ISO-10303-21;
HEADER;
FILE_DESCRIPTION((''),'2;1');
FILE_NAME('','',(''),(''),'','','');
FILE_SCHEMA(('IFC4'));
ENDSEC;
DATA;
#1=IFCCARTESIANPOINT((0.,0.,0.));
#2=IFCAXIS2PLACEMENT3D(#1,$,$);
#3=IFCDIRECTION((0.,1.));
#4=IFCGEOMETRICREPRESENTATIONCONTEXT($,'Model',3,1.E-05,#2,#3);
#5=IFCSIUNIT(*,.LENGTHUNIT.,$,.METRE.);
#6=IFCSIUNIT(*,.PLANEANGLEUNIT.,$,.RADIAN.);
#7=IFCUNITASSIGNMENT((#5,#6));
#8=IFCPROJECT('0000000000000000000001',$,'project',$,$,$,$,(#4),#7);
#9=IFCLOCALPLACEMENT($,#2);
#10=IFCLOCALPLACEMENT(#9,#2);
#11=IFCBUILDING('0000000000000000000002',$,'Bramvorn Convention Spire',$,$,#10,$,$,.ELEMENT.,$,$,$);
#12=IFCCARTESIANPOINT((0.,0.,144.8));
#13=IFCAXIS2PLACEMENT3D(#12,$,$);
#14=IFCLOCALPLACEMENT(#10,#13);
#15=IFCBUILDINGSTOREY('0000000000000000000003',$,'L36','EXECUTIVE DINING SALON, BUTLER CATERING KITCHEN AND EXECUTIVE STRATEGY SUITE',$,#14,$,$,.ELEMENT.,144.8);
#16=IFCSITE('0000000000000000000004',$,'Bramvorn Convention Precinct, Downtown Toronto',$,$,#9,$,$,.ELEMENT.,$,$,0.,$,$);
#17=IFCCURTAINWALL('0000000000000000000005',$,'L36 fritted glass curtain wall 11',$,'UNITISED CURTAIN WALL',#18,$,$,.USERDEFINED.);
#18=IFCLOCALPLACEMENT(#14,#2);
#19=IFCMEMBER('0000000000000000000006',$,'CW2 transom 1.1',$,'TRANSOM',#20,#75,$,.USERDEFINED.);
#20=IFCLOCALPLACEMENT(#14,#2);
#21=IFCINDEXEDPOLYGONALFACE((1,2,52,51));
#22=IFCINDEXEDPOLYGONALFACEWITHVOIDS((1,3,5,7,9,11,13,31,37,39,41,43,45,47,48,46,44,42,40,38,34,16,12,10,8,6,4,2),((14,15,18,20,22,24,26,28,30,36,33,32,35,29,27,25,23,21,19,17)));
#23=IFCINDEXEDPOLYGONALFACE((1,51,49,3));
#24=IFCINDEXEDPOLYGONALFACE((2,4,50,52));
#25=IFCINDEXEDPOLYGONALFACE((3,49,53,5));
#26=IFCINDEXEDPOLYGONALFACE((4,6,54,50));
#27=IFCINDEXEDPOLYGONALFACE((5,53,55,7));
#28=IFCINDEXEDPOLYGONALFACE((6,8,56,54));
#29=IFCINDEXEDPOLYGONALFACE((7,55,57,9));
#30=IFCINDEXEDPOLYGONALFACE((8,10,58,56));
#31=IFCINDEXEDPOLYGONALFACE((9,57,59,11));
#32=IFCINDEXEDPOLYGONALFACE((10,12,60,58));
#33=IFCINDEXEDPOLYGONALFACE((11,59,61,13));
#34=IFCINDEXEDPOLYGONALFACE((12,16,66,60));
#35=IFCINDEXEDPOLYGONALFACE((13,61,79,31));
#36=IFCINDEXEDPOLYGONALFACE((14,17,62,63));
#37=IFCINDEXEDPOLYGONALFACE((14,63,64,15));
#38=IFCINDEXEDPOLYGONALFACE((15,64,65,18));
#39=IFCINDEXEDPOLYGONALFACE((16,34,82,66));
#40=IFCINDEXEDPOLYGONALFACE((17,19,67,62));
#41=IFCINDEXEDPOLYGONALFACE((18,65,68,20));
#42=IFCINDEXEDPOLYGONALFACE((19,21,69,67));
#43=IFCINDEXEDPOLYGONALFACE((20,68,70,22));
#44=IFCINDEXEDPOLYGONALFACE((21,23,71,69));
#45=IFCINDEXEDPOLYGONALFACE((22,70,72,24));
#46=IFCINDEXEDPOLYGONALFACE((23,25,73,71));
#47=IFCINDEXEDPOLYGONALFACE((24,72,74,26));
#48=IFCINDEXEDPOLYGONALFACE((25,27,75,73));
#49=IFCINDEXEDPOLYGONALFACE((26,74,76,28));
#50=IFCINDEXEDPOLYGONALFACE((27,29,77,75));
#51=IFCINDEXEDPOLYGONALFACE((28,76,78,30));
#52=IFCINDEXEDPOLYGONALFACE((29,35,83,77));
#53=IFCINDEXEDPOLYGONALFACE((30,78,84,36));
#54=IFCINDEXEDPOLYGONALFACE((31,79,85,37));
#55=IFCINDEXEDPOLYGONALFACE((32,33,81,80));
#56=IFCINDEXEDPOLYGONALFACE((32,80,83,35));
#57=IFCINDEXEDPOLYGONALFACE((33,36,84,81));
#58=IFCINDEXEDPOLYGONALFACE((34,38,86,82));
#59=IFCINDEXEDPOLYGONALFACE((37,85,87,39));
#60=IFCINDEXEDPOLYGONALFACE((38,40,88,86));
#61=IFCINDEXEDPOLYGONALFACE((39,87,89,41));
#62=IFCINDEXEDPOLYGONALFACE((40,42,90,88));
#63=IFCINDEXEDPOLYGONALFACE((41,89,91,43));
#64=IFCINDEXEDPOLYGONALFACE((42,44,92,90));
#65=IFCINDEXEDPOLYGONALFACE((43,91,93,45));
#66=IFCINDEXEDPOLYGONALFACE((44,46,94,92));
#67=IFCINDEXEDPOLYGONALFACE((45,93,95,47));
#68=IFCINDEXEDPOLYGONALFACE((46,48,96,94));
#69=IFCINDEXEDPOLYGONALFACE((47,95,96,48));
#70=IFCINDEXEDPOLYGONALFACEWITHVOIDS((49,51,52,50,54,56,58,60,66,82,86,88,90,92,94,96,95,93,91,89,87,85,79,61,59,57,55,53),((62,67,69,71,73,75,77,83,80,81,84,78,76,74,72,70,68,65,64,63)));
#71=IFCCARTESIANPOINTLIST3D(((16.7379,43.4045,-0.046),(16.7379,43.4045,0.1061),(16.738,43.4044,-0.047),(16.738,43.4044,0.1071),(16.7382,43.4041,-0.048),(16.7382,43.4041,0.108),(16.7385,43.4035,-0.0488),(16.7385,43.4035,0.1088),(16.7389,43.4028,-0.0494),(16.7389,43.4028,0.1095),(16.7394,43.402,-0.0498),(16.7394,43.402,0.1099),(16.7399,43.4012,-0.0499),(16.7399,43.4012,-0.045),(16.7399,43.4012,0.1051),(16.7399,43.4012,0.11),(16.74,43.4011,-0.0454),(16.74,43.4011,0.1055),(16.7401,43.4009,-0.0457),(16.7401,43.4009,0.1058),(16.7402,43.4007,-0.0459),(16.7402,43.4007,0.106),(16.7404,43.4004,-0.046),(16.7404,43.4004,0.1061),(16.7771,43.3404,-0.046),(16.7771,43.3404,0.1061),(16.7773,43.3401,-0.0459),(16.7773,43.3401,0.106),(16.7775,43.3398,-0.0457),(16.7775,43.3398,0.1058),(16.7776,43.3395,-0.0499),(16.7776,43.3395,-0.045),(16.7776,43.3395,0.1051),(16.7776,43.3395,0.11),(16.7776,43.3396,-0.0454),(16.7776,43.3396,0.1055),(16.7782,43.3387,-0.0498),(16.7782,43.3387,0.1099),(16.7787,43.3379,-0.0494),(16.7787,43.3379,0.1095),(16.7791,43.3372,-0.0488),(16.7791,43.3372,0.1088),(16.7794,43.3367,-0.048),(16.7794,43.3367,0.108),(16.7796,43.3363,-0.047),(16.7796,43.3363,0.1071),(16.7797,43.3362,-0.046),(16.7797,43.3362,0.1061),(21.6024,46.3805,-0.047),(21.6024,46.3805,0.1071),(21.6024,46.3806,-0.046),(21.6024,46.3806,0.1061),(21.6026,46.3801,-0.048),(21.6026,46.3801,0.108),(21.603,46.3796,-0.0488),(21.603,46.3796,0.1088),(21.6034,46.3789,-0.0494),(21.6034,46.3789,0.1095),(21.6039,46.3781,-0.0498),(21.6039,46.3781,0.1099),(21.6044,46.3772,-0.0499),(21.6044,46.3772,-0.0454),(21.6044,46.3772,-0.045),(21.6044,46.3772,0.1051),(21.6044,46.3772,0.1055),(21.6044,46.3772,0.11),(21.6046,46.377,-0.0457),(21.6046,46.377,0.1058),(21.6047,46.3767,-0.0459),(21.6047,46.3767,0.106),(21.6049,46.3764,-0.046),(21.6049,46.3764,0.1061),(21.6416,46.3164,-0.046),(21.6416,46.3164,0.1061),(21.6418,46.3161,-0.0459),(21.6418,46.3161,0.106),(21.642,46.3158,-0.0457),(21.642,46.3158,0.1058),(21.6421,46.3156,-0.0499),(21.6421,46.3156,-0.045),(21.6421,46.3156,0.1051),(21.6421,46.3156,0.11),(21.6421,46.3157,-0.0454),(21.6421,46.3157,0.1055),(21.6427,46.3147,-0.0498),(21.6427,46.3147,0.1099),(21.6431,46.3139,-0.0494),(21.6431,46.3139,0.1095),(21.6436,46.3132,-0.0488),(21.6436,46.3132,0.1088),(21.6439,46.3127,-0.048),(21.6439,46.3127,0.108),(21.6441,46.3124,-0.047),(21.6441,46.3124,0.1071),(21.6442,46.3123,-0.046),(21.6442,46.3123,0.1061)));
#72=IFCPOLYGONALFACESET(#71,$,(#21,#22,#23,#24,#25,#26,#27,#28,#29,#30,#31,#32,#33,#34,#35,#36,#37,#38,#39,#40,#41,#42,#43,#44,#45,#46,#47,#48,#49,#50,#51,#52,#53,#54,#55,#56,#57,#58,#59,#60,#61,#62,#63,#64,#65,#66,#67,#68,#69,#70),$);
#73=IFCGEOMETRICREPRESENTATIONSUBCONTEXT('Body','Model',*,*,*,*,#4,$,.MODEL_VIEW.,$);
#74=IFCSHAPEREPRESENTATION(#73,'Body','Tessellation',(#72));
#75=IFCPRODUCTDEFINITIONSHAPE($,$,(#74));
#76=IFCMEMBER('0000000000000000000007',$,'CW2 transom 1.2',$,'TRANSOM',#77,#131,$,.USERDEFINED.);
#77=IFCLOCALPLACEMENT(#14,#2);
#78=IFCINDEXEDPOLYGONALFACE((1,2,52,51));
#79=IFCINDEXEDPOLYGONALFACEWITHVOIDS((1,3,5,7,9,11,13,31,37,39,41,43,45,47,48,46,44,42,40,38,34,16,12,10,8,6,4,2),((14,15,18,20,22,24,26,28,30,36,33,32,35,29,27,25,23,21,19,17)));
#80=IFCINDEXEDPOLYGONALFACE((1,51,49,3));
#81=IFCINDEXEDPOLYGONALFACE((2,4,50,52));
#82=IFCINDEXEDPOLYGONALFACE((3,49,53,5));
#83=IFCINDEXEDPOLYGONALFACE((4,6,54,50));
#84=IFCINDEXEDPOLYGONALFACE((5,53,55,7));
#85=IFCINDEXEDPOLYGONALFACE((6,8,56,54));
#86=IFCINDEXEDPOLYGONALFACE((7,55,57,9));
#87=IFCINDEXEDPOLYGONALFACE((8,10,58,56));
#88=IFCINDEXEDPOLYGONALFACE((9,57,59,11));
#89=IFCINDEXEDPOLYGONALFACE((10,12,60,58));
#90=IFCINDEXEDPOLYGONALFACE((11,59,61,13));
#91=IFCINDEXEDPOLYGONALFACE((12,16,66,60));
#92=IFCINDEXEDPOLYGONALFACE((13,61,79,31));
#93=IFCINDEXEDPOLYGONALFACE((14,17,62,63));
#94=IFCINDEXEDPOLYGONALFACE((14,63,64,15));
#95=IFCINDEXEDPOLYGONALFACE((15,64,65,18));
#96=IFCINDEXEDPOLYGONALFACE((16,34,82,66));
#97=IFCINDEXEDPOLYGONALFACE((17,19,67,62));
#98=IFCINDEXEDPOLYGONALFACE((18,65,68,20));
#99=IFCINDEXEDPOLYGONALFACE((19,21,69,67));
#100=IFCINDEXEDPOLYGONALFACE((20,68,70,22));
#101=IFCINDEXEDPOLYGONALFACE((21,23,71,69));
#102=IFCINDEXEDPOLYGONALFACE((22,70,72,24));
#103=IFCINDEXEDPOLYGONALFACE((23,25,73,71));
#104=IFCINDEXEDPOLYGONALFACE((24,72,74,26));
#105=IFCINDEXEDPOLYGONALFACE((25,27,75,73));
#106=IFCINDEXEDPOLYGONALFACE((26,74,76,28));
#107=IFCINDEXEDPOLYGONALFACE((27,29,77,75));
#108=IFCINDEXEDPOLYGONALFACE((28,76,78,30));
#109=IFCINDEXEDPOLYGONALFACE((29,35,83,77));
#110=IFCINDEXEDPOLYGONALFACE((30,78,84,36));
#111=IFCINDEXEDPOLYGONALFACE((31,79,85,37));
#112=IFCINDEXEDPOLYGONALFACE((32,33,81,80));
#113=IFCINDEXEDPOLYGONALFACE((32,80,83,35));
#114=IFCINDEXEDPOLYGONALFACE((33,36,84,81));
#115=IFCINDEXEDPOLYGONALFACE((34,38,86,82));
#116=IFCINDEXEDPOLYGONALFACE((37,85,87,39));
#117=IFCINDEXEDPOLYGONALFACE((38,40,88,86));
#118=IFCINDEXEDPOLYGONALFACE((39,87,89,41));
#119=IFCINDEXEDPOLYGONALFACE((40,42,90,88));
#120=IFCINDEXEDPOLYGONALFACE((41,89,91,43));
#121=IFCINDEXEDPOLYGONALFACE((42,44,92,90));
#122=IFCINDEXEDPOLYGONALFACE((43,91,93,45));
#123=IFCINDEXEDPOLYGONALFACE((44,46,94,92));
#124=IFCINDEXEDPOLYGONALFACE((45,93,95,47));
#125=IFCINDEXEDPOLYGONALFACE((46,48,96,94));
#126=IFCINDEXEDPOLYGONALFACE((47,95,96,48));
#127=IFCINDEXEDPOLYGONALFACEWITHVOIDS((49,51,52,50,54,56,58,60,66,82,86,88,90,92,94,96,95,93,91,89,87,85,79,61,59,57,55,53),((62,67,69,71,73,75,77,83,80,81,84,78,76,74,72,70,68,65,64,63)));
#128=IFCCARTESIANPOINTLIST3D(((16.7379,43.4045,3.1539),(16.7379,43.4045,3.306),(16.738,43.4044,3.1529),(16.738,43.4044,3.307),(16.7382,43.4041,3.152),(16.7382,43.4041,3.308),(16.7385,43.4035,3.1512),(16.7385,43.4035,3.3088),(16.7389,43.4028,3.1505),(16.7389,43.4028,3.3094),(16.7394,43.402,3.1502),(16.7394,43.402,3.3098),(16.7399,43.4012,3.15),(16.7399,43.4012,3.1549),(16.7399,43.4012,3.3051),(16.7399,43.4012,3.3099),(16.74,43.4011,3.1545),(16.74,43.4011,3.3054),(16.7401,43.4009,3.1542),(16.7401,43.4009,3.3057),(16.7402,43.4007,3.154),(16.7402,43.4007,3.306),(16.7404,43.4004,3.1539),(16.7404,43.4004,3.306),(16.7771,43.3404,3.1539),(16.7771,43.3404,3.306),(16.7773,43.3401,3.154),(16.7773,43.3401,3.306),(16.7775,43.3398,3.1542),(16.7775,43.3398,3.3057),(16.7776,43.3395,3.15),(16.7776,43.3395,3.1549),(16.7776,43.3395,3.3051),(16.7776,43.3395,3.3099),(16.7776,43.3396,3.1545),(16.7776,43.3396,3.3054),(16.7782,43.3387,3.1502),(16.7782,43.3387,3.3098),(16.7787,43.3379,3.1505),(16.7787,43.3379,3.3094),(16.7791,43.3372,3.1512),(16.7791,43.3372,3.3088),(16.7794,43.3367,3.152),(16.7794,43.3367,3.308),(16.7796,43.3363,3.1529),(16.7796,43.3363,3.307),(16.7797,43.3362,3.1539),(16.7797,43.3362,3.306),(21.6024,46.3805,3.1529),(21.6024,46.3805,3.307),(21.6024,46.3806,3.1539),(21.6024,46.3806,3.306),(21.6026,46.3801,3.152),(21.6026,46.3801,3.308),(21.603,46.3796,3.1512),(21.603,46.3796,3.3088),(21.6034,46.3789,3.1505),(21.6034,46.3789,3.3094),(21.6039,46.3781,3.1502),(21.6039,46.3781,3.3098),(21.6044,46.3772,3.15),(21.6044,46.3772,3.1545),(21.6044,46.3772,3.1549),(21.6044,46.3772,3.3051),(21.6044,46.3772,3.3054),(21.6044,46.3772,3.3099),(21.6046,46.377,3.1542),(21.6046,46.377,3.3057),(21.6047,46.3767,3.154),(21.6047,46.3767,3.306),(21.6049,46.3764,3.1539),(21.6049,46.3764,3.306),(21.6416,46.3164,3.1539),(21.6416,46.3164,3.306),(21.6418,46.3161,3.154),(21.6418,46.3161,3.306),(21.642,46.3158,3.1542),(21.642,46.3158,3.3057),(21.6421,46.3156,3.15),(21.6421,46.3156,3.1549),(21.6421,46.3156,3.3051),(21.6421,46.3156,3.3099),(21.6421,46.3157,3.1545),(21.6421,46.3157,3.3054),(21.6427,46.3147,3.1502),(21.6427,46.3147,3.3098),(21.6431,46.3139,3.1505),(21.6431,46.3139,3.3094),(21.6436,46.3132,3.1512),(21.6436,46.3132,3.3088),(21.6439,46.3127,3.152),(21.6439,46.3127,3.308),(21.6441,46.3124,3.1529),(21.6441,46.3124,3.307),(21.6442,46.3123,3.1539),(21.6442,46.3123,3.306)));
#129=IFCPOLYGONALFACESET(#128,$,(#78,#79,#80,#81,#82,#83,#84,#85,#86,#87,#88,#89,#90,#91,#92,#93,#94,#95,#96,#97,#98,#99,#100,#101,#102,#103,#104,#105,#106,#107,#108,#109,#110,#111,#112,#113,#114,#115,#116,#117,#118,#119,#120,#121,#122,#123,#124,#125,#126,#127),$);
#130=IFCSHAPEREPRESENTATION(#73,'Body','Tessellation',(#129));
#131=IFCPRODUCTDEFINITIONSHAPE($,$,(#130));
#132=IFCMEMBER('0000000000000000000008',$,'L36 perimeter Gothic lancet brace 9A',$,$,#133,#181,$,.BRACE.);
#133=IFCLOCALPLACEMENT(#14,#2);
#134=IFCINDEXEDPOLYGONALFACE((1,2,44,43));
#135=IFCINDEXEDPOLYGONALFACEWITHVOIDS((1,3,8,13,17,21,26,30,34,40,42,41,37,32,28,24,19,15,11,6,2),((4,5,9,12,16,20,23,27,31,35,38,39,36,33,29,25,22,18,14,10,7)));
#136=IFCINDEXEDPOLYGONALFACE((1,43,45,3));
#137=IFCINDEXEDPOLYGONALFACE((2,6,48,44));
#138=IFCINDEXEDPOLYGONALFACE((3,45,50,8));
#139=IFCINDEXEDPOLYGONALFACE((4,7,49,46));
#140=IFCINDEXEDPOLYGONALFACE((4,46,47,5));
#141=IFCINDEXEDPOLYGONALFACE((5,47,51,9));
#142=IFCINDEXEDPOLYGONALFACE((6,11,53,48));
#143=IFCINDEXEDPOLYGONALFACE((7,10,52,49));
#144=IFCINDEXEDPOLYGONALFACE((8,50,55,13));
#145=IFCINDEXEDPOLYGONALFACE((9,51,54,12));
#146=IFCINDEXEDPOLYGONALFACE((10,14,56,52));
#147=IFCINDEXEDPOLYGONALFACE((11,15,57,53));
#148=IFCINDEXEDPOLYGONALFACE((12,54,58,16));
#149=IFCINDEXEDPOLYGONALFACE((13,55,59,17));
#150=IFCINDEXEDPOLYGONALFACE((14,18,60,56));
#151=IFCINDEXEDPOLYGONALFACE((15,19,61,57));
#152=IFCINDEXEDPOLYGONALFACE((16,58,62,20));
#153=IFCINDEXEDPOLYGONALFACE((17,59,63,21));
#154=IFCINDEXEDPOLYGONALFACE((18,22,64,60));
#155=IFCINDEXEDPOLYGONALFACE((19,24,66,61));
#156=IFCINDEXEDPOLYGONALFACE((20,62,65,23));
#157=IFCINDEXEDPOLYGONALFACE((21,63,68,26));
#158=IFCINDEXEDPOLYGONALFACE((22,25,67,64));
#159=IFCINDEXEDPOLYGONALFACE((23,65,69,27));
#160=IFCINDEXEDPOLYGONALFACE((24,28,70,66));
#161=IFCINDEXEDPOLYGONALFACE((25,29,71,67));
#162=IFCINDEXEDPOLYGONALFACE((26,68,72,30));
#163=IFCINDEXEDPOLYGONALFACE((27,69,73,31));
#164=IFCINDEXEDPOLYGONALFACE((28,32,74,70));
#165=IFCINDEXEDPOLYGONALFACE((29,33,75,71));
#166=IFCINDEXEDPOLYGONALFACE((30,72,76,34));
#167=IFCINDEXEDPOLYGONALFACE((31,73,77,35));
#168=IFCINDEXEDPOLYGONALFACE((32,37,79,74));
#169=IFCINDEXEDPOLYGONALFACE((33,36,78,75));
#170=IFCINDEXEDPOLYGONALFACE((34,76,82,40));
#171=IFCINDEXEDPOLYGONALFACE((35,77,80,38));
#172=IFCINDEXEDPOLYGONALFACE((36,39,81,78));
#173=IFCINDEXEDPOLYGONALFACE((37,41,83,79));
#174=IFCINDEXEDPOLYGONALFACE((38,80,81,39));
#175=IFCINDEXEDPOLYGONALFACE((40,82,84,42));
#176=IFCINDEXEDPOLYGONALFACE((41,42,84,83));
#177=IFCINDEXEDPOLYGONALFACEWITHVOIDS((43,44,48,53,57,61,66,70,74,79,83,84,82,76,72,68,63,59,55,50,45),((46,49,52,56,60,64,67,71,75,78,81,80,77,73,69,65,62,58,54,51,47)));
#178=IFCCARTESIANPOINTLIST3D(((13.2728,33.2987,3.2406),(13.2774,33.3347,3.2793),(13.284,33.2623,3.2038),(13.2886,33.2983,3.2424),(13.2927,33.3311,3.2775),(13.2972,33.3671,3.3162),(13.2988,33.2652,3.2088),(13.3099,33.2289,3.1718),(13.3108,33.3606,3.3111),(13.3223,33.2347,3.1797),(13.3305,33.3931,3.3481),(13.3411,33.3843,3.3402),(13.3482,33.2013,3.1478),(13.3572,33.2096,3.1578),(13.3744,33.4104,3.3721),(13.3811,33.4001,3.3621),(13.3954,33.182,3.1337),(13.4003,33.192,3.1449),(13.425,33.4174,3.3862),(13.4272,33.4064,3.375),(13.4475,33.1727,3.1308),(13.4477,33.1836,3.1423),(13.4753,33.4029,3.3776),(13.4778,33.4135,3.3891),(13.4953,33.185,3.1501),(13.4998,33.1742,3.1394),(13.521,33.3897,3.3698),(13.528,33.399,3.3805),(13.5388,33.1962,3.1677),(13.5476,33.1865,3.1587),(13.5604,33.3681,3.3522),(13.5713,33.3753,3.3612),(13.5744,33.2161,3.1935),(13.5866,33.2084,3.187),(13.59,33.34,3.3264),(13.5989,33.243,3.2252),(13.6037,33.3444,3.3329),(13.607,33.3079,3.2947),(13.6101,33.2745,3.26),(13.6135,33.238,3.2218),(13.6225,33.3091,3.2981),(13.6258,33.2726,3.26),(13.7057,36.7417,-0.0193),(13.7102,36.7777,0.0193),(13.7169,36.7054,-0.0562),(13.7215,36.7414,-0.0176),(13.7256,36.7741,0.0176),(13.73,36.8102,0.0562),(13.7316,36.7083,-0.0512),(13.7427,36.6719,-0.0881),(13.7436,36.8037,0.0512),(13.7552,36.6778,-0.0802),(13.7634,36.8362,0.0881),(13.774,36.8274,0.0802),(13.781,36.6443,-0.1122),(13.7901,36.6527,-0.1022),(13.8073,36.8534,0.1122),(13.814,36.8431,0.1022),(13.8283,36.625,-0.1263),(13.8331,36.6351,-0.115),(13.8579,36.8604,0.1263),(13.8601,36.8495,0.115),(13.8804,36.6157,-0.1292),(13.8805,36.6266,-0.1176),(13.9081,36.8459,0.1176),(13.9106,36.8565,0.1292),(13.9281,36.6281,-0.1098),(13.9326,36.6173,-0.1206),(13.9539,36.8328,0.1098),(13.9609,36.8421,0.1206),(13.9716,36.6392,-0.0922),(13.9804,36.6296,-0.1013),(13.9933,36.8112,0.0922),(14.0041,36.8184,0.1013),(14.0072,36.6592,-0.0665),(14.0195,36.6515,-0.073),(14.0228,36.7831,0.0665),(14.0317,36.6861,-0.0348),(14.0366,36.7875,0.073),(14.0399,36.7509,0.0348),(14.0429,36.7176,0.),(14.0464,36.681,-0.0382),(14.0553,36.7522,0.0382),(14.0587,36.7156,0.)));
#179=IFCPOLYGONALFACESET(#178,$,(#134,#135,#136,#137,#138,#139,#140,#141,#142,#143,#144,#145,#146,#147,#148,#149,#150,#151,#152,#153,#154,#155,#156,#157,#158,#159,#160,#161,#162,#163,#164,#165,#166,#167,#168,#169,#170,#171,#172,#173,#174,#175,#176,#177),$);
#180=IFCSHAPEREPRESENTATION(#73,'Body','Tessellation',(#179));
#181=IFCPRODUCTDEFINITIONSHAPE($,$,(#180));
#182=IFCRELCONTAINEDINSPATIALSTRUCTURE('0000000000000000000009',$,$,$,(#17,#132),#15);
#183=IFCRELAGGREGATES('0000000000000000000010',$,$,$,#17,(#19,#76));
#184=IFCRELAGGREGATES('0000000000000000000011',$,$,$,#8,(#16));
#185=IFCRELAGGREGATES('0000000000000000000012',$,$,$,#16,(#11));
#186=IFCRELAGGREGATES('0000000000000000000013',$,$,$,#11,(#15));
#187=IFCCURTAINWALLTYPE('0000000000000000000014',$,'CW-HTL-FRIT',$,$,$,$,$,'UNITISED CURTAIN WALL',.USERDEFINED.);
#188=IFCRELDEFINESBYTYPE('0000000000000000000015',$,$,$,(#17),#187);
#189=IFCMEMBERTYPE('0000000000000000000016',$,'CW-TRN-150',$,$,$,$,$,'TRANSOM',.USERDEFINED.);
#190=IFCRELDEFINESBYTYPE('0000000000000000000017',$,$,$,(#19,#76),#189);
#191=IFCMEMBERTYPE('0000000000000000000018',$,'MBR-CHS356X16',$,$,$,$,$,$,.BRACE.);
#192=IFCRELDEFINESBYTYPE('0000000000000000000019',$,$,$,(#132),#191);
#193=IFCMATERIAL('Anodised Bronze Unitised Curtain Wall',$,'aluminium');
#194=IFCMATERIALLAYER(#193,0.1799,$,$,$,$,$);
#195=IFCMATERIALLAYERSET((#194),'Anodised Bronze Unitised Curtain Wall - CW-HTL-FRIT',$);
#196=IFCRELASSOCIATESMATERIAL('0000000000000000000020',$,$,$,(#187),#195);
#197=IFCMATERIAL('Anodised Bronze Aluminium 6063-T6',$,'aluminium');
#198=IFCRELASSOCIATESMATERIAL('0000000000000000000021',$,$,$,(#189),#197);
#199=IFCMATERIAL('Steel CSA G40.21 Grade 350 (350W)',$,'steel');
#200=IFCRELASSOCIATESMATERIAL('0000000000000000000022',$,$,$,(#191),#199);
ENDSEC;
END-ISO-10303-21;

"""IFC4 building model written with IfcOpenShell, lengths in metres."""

from ifc_helpers import new_model, si_unit, direction, frame, origin, origin_2d, place, context, subcontext, project, spatial, hollow_rectangle, hollow_circle, extrude, material, layer, layer_set, material_profile, profile_set, type_object, element, aggregate, save


model = new_model("IFC4")

# Units and contexts
model_context = context("Model", 3, precision=1e-05, world=origin(), true_north=direction((0.0, 1.0)))
body_context = subcontext(model_context, "Body", "Model", "MODEL_VIEW")
ifc_project = project(units=[si_unit("LENGTHUNIT", "METRE"), si_unit("PLANEANGLEUNIT", "RADIAN")], contexts=[model_context])

# Site, building, storey
site_placement = place(None, origin())
site = spatial("IfcSite", under=ifc_project, at=site_placement, Name="Bramvorn Convention Precinct, Downtown Toronto", CompositionType="ELEMENT", RefElevation=0.0)
building_placement = place(site_placement, origin())
building = spatial("IfcBuilding", under=site, at=building_placement, Name="Bramvorn Convention Spire", CompositionType="ELEMENT")
storey_placement = place(building_placement, frame((0.0, 0.0, 144.8)))
storey = spatial("IfcBuildingStorey", under=building, at=storey_placement, Name="L36", Description="EXECUTIVE DINING SALON, BUTLER CATERING KITCHEN AND EXECUTIVE STRATEGY SUITE", CompositionType="ELEMENT", Elevation=144.8)

# Shared definitions
ifc_material_1 = material(Name="Steel CSA G40.21 Grade 350 (350W)", Category="steel")

# Curtain wall, members
ifc_material_2 = material(Name="Anodised Bronze Unitised Curtain Wall", Category="aluminium")
ifc_layer_1 = layer(ifc_material_2, 0.1799)
ifc_layer_set_1 = layer_set([ifc_layer_1], Name="Anodised Bronze Unitised Curtain Wall - CW-HTL-FRIT")
curtain_wall_type = type_object("IfcCurtainWallType", Name="CW-HTL-FRIT", ElementType="UNITISED CURTAIN WALL", PredefinedType="USERDEFINED", material=ifc_layer_set_1)
curtain_wall_placement = place(storey_placement, origin())
curtain_wall = element("IfcCurtainWall", 1, at=curtain_wall_placement, inside=storey, type_object=curtain_wall_type, Name="L36 fritted glass curtain wall 11", ObjectType="UNITISED CURTAIN WALL", PredefinedType="USERDEFINED")
ifc_material_3 = material(Name="Anodised Bronze Aluminium 6063-T6", Category="aluminium")
ifc_material_profile_1 = material_profile(ifc_material_3, hollow_rectangle(XDim=0.0801, YDim=0.1599, WallThickness=0.0039, InnerFilletRadius=0.001, OuterFilletRadius=0.0039, at=origin_2d()))
ifc_profile_set_1 = profile_set([ifc_material_profile_1], Name="Anodised Bronze Aluminium 6063-T6 - CWT80X160")
member_type_1 = type_object("IfcMemberType", Name="CW-TRN-150", ElementType="TRANSOM", PredefinedType="USERDEFINED", material=ifc_profile_set_1)
member_1_placement = place(storey_placement, frame((16.7588, 43.3704, 0.03), z_axis=(0.853022, 0.521874, 0.0), x_axis=(-0.521874, 0.853022, 0.0)))
member_1 = element("IfcMember", 2, at=member_1_placement, type_object=member_type_1, Name="CW2 transom 1.1", ObjectType="TRANSOM", PredefinedType="USERDEFINED", context=body_context, shape_type="SweptSolid", body=[
    extrude(hollow_rectangle(XDim=0.0801, YDim=0.1599, WallThickness=0.0039, InnerFilletRadius=0.001, OuterFilletRadius=0.0039, at=origin_2d()), origin(), (0.0, 0.0, 1.0), 5.7026),
])
member_2_placement = place(storey_placement, frame((16.7588, 43.3704, 3.23), z_axis=(0.853022, 0.521874, 0.0), x_axis=(-0.521874, 0.853022, 0.0)))
member_2 = element("IfcMember", 3, at=member_2_placement, type_object=member_type_1, Name="CW2 transom 1.2", ObjectType="TRANSOM", PredefinedType="USERDEFINED", context=body_context, shape_type="SweptSolid", body=[
    extrude(hollow_rectangle(XDim=0.0801, YDim=0.1599, WallThickness=0.0039, InnerFilletRadius=0.001, OuterFilletRadius=0.0039, at=origin_2d()), origin(), (0.0, 0.0, 1.0), 5.7026),
])

# Member
ifc_material_profile_2 = material_profile(ifc_material_1, hollow_circle(Radius=0.1777, WallThickness=0.0159, at=origin_2d()))
ifc_profile_set_2 = profile_set([ifc_material_profile_2], Name="Steel CSA G40.21 Grade 350 (350W) - CHS356X16")
member_type_2 = type_object("IfcMemberType", Name="MBR-CHS356X16", PredefinedType="BRACE", material=ifc_profile_set_2)
for number, where, z_axis, x_axis, name in (
    (4, (13.8823, 36.7378, 0.0), (-0.090912, -0.723144, 0.684688), (0.99219, -0.124736, 0.0), "L36 perimeter Gothic lancet brace 9A"),
):
    element("IfcMember", number, at=place(storey_placement, frame(where, z_axis=z_axis, x_axis=x_axis)), inside=storey, type_object=member_type_2, Name=name, PredefinedType="BRACE", context=body_context, shape_type="SweptSolid", body=[
        extrude(hollow_circle(Radius=0.1777, WallThickness=0.0159, at=origin_2d()), origin(), (0.0, 0.0, 1.0), 4.7612),
    ])

aggregate(curtain_wall, [member_1, member_2])

save(model, "model.ifc")
